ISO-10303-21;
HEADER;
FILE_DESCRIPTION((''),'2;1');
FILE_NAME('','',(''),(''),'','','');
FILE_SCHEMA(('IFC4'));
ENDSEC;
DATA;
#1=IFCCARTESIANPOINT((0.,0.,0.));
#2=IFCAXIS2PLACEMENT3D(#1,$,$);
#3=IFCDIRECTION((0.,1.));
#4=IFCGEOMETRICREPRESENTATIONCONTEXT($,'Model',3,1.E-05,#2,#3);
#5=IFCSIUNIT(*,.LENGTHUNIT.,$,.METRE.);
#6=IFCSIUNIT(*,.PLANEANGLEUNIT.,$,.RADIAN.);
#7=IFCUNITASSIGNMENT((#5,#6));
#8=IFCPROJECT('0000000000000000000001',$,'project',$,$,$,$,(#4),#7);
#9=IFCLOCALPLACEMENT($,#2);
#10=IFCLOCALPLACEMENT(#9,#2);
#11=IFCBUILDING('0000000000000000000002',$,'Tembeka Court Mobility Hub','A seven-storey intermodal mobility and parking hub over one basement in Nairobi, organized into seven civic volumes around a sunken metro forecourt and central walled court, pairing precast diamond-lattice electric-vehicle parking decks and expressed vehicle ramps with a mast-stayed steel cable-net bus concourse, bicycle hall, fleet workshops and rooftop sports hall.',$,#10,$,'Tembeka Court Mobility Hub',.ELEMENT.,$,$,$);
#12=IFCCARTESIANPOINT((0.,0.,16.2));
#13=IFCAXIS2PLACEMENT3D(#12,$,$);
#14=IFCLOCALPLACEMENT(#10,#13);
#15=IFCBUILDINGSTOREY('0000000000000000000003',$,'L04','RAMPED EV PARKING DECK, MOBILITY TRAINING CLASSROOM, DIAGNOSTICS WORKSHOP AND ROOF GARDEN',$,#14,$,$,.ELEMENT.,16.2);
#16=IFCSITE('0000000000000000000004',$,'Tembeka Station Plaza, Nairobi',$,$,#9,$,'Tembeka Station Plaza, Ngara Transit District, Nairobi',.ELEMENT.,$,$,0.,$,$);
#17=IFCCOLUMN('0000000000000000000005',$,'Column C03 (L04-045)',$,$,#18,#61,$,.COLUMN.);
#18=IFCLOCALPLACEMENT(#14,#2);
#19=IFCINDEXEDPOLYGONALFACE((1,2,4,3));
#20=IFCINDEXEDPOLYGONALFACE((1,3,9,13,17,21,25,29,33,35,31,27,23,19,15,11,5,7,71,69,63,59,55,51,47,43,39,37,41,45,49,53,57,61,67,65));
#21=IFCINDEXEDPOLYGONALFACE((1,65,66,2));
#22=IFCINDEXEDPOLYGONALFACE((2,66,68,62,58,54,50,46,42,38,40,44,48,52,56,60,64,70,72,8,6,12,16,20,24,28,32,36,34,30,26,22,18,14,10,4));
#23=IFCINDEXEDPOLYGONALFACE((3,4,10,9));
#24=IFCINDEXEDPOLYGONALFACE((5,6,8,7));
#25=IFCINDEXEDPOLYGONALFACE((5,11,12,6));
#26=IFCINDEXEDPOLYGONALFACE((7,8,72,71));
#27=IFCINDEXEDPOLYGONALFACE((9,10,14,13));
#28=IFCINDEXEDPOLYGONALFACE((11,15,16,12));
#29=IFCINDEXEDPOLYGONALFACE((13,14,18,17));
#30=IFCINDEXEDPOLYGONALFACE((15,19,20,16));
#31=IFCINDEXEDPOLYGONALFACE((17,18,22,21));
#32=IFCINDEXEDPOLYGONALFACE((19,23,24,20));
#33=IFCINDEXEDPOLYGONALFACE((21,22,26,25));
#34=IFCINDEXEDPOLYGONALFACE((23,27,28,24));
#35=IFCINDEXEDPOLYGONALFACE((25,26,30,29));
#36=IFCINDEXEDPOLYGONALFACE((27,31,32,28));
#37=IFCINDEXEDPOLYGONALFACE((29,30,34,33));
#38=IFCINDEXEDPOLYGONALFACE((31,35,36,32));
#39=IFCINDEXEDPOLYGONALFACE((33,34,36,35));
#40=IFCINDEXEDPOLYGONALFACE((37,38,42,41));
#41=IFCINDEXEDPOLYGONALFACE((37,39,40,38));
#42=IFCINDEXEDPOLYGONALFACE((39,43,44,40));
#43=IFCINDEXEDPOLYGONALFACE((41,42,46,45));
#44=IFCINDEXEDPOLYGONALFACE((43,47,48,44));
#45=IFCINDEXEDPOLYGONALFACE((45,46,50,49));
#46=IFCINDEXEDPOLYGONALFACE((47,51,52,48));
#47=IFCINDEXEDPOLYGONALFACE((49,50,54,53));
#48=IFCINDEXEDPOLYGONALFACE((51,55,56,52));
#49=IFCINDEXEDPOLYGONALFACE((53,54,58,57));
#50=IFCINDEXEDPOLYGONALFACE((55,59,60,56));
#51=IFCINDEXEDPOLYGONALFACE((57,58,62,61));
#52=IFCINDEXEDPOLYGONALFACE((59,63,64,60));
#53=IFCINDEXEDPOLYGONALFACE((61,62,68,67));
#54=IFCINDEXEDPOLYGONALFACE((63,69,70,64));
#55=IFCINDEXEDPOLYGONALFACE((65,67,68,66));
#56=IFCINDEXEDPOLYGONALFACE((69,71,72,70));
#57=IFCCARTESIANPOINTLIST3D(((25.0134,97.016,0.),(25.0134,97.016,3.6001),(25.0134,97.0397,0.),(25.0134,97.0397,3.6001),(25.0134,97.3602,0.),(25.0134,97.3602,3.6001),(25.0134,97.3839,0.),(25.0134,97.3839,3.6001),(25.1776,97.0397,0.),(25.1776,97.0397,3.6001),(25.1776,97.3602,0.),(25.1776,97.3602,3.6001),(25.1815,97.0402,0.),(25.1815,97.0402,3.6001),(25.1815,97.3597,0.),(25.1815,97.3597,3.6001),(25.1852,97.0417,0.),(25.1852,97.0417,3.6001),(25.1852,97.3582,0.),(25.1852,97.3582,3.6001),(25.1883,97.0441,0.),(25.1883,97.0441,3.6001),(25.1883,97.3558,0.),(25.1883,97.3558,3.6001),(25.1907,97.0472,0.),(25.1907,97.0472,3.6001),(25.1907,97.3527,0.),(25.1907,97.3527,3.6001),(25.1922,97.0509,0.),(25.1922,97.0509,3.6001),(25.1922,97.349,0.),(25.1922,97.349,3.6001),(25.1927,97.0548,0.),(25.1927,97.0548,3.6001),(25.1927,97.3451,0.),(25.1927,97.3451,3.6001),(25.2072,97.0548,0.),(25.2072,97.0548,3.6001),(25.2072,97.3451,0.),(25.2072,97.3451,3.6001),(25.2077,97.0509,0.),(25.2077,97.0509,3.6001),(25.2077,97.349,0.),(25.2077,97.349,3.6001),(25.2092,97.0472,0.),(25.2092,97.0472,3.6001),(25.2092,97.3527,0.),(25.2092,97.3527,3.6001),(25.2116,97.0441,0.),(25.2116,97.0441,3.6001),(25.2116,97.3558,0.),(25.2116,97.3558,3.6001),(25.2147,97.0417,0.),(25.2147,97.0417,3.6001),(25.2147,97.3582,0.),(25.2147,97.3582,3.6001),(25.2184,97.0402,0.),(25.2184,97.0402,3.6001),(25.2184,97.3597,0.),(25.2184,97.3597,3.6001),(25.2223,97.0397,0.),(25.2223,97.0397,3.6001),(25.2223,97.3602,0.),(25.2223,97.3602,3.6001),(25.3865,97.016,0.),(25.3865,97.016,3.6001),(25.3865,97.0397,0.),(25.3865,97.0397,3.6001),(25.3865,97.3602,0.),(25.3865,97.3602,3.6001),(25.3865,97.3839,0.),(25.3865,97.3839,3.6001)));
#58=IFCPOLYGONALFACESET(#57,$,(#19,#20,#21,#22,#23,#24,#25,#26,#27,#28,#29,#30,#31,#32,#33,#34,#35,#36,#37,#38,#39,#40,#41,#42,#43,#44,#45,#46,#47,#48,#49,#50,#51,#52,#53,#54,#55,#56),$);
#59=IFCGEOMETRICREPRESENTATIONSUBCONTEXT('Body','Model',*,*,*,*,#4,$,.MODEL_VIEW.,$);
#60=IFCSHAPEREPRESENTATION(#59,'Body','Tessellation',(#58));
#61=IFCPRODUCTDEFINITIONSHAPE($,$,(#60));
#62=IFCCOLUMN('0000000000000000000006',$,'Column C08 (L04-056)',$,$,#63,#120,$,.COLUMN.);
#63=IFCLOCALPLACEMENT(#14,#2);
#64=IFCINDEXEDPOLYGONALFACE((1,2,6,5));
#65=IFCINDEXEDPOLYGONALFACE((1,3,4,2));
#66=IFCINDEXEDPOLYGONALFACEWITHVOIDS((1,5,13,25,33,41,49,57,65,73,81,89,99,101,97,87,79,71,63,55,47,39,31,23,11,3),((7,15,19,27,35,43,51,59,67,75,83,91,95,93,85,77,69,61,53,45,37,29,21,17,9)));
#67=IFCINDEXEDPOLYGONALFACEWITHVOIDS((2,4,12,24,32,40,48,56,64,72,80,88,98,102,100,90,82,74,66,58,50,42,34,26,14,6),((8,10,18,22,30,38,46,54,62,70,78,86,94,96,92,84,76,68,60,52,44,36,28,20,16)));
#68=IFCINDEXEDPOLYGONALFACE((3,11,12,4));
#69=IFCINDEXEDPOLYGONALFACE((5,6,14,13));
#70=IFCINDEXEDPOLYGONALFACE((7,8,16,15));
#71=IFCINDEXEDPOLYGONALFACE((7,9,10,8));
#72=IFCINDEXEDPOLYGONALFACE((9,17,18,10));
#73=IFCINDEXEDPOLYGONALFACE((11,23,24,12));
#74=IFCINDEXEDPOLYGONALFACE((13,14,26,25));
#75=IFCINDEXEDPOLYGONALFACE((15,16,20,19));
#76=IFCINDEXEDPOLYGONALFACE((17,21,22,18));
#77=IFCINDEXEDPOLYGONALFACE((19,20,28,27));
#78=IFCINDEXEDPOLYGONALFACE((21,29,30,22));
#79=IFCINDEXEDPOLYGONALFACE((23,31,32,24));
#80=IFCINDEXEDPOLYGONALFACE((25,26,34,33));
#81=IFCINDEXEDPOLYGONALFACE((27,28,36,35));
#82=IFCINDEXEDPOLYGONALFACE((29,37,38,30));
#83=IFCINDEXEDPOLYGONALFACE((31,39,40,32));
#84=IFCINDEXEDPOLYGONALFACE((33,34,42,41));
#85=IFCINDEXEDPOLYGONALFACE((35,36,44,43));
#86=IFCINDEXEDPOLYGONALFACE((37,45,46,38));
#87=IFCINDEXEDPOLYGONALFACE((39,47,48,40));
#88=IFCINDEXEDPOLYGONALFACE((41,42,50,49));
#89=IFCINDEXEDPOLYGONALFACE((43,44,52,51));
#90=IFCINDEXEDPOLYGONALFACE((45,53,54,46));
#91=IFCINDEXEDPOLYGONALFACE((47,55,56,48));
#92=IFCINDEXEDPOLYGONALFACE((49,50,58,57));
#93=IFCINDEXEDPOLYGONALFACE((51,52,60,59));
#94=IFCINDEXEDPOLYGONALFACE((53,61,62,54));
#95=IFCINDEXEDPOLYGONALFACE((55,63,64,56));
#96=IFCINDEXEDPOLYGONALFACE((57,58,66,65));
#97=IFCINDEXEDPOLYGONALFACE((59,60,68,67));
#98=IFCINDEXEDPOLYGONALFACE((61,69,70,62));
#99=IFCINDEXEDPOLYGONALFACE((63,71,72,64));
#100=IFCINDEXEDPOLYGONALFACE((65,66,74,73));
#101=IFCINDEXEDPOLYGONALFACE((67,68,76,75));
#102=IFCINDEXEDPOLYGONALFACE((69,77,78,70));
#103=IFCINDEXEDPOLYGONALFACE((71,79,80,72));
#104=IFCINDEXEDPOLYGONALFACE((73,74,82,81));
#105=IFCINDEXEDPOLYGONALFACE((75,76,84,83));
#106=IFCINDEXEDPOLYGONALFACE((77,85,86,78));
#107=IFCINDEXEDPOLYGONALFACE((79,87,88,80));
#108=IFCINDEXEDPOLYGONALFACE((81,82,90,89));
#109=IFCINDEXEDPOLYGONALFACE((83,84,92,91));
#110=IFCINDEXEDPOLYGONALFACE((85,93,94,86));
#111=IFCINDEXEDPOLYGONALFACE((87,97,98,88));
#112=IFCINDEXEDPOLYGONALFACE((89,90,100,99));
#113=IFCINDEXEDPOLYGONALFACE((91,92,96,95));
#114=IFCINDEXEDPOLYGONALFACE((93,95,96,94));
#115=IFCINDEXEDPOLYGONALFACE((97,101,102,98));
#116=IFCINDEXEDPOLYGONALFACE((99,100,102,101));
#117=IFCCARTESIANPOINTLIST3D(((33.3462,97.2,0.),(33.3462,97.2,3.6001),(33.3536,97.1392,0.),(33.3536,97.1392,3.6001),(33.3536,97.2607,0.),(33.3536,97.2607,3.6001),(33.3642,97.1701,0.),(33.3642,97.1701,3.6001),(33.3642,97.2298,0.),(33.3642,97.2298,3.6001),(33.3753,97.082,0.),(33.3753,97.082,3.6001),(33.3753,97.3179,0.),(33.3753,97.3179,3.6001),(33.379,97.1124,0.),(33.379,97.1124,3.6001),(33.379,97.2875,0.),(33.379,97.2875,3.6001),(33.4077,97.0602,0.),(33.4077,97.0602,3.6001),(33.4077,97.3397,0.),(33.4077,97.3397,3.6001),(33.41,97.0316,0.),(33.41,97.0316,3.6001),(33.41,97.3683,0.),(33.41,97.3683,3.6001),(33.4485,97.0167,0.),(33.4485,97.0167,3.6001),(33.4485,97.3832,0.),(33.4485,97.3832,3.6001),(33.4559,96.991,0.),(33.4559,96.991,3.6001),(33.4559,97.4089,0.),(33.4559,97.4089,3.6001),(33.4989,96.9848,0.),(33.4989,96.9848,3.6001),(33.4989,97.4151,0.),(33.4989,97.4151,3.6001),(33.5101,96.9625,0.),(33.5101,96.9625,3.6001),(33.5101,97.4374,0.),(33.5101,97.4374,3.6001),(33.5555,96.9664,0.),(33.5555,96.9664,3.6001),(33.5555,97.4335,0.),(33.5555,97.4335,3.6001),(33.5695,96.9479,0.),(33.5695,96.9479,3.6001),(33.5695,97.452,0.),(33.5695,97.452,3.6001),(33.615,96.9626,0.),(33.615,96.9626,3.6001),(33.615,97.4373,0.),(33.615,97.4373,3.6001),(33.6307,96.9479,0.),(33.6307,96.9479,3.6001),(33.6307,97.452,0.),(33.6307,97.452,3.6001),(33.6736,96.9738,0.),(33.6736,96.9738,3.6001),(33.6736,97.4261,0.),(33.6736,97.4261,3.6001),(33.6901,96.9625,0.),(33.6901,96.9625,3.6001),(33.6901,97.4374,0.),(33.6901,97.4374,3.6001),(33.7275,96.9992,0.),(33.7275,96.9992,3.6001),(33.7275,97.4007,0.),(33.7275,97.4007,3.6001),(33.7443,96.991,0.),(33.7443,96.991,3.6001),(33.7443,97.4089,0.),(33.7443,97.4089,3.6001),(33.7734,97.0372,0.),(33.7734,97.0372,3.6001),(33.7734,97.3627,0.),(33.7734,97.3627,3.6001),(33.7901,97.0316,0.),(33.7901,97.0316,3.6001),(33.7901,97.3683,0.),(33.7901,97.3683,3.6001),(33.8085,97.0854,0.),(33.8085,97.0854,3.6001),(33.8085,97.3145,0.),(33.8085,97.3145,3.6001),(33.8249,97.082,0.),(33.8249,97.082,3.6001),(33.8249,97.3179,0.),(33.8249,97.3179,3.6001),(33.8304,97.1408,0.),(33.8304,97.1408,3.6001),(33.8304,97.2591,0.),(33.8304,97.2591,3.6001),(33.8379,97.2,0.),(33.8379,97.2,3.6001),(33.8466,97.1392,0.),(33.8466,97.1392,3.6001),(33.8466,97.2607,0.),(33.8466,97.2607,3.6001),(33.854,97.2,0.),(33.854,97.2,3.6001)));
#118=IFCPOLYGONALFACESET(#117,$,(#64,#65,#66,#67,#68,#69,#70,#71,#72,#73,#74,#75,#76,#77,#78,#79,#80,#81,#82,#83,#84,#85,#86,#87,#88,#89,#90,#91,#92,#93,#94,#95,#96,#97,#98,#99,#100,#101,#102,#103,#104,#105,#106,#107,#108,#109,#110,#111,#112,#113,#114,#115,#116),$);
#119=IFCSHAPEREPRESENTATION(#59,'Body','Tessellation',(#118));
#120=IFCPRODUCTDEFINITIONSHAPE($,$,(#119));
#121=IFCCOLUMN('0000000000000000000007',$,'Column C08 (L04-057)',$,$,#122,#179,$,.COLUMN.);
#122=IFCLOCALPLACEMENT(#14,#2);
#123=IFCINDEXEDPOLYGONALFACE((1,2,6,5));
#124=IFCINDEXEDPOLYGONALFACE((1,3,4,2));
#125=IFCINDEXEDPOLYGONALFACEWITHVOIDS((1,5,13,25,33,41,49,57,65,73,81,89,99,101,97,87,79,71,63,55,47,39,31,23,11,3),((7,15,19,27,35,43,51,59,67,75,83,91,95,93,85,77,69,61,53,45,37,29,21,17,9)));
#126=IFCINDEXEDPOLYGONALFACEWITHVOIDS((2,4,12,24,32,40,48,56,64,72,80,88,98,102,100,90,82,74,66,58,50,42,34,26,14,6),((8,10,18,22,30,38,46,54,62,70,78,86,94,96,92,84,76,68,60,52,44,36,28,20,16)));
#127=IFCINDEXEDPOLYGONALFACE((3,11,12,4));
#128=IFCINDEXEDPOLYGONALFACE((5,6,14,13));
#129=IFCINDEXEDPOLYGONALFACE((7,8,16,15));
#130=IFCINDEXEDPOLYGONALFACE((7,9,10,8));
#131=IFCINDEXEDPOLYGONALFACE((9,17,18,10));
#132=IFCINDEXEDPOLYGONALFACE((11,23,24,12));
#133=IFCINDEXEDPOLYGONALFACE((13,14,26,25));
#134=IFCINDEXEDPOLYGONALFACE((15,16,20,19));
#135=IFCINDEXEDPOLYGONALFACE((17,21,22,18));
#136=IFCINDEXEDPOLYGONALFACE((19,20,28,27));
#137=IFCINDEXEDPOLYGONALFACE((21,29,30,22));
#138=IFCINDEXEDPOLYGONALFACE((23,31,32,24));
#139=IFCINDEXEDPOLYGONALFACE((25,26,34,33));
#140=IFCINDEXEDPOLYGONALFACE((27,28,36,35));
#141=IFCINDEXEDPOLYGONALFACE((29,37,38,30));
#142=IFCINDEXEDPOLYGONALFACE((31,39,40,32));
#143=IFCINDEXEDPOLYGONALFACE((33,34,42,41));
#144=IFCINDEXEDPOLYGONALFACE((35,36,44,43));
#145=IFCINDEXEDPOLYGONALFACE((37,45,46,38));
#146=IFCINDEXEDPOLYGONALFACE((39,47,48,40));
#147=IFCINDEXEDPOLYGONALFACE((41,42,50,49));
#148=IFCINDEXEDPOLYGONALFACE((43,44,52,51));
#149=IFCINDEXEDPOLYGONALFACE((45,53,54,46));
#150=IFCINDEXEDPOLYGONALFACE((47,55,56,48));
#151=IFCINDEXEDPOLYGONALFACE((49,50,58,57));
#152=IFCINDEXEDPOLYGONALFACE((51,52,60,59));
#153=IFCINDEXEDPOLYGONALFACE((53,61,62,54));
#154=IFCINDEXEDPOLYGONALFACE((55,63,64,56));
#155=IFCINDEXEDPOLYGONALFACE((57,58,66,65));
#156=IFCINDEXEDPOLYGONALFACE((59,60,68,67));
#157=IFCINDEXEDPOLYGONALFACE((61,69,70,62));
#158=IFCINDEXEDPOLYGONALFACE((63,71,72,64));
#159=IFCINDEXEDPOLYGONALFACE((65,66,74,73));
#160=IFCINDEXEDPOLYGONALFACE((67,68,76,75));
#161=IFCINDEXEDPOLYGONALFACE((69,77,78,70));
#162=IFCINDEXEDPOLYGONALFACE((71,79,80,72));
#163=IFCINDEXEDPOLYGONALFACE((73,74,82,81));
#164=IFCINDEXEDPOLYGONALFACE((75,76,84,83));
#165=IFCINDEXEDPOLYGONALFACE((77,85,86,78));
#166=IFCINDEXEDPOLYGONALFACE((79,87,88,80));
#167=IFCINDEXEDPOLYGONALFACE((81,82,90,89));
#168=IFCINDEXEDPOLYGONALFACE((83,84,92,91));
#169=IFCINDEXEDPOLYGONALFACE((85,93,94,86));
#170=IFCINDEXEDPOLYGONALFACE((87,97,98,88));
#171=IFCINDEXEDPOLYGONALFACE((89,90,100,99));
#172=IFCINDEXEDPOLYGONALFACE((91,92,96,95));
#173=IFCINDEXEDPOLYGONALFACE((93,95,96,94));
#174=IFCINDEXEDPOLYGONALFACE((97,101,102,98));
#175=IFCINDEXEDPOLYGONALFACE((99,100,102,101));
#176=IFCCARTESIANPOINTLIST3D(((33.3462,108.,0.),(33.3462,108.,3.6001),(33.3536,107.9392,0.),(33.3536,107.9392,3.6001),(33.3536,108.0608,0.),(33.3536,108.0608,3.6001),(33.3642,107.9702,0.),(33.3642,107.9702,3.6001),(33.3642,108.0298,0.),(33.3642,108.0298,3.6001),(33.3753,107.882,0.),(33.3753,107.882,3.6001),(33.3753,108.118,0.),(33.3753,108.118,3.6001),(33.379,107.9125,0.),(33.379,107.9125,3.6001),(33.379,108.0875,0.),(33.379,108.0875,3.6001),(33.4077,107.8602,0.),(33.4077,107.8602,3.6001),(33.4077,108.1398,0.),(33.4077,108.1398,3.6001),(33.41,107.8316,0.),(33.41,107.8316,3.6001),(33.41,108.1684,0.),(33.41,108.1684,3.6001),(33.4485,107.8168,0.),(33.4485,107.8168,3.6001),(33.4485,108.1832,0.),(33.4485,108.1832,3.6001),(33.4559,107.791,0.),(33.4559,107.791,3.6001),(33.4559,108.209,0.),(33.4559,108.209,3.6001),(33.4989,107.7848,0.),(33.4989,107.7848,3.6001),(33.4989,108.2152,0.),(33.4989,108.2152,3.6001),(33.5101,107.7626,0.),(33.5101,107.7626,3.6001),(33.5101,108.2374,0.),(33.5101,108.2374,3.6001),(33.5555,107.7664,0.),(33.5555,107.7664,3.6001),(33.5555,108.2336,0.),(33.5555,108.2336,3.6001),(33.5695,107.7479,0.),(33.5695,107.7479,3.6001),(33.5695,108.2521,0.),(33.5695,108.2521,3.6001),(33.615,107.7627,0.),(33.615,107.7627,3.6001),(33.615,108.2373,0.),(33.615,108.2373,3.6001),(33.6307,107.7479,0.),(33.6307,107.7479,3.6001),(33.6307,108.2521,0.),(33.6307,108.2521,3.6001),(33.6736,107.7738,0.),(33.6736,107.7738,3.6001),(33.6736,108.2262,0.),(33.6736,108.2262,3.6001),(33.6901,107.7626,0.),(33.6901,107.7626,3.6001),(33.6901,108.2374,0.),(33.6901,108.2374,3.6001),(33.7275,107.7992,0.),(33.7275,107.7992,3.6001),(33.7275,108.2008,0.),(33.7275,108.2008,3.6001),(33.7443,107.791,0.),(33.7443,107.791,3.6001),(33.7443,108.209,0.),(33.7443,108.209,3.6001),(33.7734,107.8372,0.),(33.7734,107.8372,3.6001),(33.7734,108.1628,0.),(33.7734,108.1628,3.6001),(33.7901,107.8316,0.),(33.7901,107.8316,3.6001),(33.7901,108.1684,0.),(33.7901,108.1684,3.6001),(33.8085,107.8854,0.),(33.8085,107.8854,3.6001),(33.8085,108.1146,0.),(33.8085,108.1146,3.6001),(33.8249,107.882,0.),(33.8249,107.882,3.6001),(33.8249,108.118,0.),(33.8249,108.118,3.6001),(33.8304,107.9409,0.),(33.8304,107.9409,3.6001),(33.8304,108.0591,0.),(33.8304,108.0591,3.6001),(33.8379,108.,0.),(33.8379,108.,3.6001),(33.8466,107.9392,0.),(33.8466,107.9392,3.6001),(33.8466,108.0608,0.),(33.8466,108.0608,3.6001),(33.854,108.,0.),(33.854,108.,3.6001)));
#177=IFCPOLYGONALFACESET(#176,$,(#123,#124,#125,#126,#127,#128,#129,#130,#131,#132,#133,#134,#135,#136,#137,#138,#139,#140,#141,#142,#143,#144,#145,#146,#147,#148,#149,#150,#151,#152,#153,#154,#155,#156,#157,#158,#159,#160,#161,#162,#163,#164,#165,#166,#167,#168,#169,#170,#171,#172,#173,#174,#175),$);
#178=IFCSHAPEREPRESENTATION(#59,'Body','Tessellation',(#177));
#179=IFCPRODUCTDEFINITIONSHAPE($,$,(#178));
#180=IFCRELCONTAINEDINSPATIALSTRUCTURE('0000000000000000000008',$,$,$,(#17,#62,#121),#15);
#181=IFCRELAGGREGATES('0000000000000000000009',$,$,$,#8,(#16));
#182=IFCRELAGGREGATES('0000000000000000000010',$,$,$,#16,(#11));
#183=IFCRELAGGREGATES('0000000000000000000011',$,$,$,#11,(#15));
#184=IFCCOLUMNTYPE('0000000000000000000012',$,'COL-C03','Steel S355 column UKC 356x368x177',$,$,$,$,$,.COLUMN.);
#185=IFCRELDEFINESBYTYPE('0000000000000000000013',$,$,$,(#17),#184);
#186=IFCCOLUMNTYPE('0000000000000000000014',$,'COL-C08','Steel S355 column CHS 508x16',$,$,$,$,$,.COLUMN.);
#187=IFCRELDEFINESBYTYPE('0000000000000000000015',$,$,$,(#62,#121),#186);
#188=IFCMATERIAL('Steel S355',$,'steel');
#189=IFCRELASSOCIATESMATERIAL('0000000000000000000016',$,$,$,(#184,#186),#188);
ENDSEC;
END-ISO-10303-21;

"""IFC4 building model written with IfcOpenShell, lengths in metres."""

from ifc_helpers import new_model, si_unit, direction, frame, origin, origin_2d, place, context, subcontext, project, spatial, hollow_circle, i_section, extrude, material, material_profile, profile_set, type_object, element, save


model = new_model("IFC4")

# Units and contexts
model_context = context("Model", 3, precision=1e-05, world=origin(), true_north=direction((0.0, 1.0)))
body_context = subcontext(model_context, "Body", "Model", "MODEL_VIEW")
ifc_project = project(units=[si_unit("LENGTHUNIT", "METRE"), si_unit("PLANEANGLEUNIT", "RADIAN")], contexts=[model_context])

# Site, building, storey
site_placement = place(None, origin())
site = spatial("IfcSite", under=ifc_project, at=site_placement, Name="Tembeka Station Plaza, Nairobi", LongName="Tembeka Station Plaza, Ngara Transit District, Nairobi", CompositionType="ELEMENT", RefElevation=0.0)
building_placement = place(site_placement, origin())
building = spatial("IfcBuilding", under=site, at=building_placement, Name="Tembeka Court Mobility Hub", Description="A seven-storey intermodal mobility and parking hub over one basement in Nairobi, organized into seven civic volumes around a sunken metro forecourt and central walled court, pairing precast diamond-lattice electric-vehicle parking decks and expressed vehicle ramps with a mast-stayed steel cable-net bus concourse, bicycle hall, fleet workshops and rooftop sports hall.", LongName="Tembeka Court Mobility Hub", CompositionType="ELEMENT")
storey_placement = place(building_placement, frame((0.0, 0.0, 16.2)))
storey = spatial("IfcBuildingStorey", under=building, at=storey_placement, Name="L04", Description="RAMPED EV PARKING DECK, MOBILITY TRAINING CLASSROOM, DIAGNOSTICS WORKSHOP AND ROOF GARDEN", CompositionType="ELEMENT", Elevation=16.2)

# Columns
ifc_material_1 = material(Name="Steel S355", Category="steel")
ifc_material_profile_1 = material_profile(ifc_material_1, i_section(OverallWidth=0.373, OverallDepth=0.3679, WebThickness=0.0144, FlangeThickness=0.0237, FilletRadius=0.0151, at=origin_2d()), Name="UKC 356x368x177")
ifc_profile_set_1 = profile_set([ifc_material_profile_1], Name="Steel S355")
column_type_1 = type_object("IfcColumnType", Name="COL-C03", Description="Steel S355 column UKC 356x368x177", PredefinedType="COLUMN", material=ifc_profile_set_1)
column_placement = place(storey_placement, frame((25.2, 97.2, 0.0), z_axis=(0.0, 0.0, 1.0), x_axis=(1.0, 0.0, 0.0)))
element("IfcColumn", 1, at=column_placement, inside=storey, type_object=column_type_1, Name="Column C03 (L04-045)", PredefinedType="COLUMN", context=body_context, shape_type="SweptSolid", body=[
    extrude(i_section(OverallWidth=0.373, OverallDepth=0.3679, WebThickness=0.0144, FlangeThickness=0.0237, FilletRadius=0.0151, at=origin_2d()), origin(), (0.0, 0.0, 1.0), 3.6001),
])
ifc_material_profile_2 = material_profile(ifc_material_1, hollow_circle(Radius=0.2539, WallThickness=0.0161, at=origin_2d()), Name="CHS 508x16")
ifc_profile_set_2 = profile_set([ifc_material_profile_2], Name="Steel S355")
column_type_2 = type_object("IfcColumnType", Name="COL-C08", Description="Steel S355 column CHS 508x16", PredefinedType="COLUMN", material=ifc_profile_set_2)
for number, where, z_axis, x_axis, name in (
    (2, (33.6001, 97.2, 0.0), (0.0, 0.0, 1.0), (1.0, 0.0, 0.0), "Column C08 (L04-056)"),
    (3, (33.6001, 108.0, 0.0), (0.0, 0.0, 1.0), (1.0, 0.0, 0.0), "Column C08 (L04-057)"),
):
    element("IfcColumn", number, at=place(storey_placement, frame(where, z_axis=z_axis, x_axis=x_axis)), inside=storey, type_object=column_type_2, Name=name, PredefinedType="COLUMN", context=body_context, shape_type="SweptSolid", body=[
        extrude(hollow_circle(Radius=0.2539, WallThickness=0.0161, at=origin_2d()), origin(), (0.0, 0.0, 1.0), 3.6001),
    ])

save(model, "model.ifc")
